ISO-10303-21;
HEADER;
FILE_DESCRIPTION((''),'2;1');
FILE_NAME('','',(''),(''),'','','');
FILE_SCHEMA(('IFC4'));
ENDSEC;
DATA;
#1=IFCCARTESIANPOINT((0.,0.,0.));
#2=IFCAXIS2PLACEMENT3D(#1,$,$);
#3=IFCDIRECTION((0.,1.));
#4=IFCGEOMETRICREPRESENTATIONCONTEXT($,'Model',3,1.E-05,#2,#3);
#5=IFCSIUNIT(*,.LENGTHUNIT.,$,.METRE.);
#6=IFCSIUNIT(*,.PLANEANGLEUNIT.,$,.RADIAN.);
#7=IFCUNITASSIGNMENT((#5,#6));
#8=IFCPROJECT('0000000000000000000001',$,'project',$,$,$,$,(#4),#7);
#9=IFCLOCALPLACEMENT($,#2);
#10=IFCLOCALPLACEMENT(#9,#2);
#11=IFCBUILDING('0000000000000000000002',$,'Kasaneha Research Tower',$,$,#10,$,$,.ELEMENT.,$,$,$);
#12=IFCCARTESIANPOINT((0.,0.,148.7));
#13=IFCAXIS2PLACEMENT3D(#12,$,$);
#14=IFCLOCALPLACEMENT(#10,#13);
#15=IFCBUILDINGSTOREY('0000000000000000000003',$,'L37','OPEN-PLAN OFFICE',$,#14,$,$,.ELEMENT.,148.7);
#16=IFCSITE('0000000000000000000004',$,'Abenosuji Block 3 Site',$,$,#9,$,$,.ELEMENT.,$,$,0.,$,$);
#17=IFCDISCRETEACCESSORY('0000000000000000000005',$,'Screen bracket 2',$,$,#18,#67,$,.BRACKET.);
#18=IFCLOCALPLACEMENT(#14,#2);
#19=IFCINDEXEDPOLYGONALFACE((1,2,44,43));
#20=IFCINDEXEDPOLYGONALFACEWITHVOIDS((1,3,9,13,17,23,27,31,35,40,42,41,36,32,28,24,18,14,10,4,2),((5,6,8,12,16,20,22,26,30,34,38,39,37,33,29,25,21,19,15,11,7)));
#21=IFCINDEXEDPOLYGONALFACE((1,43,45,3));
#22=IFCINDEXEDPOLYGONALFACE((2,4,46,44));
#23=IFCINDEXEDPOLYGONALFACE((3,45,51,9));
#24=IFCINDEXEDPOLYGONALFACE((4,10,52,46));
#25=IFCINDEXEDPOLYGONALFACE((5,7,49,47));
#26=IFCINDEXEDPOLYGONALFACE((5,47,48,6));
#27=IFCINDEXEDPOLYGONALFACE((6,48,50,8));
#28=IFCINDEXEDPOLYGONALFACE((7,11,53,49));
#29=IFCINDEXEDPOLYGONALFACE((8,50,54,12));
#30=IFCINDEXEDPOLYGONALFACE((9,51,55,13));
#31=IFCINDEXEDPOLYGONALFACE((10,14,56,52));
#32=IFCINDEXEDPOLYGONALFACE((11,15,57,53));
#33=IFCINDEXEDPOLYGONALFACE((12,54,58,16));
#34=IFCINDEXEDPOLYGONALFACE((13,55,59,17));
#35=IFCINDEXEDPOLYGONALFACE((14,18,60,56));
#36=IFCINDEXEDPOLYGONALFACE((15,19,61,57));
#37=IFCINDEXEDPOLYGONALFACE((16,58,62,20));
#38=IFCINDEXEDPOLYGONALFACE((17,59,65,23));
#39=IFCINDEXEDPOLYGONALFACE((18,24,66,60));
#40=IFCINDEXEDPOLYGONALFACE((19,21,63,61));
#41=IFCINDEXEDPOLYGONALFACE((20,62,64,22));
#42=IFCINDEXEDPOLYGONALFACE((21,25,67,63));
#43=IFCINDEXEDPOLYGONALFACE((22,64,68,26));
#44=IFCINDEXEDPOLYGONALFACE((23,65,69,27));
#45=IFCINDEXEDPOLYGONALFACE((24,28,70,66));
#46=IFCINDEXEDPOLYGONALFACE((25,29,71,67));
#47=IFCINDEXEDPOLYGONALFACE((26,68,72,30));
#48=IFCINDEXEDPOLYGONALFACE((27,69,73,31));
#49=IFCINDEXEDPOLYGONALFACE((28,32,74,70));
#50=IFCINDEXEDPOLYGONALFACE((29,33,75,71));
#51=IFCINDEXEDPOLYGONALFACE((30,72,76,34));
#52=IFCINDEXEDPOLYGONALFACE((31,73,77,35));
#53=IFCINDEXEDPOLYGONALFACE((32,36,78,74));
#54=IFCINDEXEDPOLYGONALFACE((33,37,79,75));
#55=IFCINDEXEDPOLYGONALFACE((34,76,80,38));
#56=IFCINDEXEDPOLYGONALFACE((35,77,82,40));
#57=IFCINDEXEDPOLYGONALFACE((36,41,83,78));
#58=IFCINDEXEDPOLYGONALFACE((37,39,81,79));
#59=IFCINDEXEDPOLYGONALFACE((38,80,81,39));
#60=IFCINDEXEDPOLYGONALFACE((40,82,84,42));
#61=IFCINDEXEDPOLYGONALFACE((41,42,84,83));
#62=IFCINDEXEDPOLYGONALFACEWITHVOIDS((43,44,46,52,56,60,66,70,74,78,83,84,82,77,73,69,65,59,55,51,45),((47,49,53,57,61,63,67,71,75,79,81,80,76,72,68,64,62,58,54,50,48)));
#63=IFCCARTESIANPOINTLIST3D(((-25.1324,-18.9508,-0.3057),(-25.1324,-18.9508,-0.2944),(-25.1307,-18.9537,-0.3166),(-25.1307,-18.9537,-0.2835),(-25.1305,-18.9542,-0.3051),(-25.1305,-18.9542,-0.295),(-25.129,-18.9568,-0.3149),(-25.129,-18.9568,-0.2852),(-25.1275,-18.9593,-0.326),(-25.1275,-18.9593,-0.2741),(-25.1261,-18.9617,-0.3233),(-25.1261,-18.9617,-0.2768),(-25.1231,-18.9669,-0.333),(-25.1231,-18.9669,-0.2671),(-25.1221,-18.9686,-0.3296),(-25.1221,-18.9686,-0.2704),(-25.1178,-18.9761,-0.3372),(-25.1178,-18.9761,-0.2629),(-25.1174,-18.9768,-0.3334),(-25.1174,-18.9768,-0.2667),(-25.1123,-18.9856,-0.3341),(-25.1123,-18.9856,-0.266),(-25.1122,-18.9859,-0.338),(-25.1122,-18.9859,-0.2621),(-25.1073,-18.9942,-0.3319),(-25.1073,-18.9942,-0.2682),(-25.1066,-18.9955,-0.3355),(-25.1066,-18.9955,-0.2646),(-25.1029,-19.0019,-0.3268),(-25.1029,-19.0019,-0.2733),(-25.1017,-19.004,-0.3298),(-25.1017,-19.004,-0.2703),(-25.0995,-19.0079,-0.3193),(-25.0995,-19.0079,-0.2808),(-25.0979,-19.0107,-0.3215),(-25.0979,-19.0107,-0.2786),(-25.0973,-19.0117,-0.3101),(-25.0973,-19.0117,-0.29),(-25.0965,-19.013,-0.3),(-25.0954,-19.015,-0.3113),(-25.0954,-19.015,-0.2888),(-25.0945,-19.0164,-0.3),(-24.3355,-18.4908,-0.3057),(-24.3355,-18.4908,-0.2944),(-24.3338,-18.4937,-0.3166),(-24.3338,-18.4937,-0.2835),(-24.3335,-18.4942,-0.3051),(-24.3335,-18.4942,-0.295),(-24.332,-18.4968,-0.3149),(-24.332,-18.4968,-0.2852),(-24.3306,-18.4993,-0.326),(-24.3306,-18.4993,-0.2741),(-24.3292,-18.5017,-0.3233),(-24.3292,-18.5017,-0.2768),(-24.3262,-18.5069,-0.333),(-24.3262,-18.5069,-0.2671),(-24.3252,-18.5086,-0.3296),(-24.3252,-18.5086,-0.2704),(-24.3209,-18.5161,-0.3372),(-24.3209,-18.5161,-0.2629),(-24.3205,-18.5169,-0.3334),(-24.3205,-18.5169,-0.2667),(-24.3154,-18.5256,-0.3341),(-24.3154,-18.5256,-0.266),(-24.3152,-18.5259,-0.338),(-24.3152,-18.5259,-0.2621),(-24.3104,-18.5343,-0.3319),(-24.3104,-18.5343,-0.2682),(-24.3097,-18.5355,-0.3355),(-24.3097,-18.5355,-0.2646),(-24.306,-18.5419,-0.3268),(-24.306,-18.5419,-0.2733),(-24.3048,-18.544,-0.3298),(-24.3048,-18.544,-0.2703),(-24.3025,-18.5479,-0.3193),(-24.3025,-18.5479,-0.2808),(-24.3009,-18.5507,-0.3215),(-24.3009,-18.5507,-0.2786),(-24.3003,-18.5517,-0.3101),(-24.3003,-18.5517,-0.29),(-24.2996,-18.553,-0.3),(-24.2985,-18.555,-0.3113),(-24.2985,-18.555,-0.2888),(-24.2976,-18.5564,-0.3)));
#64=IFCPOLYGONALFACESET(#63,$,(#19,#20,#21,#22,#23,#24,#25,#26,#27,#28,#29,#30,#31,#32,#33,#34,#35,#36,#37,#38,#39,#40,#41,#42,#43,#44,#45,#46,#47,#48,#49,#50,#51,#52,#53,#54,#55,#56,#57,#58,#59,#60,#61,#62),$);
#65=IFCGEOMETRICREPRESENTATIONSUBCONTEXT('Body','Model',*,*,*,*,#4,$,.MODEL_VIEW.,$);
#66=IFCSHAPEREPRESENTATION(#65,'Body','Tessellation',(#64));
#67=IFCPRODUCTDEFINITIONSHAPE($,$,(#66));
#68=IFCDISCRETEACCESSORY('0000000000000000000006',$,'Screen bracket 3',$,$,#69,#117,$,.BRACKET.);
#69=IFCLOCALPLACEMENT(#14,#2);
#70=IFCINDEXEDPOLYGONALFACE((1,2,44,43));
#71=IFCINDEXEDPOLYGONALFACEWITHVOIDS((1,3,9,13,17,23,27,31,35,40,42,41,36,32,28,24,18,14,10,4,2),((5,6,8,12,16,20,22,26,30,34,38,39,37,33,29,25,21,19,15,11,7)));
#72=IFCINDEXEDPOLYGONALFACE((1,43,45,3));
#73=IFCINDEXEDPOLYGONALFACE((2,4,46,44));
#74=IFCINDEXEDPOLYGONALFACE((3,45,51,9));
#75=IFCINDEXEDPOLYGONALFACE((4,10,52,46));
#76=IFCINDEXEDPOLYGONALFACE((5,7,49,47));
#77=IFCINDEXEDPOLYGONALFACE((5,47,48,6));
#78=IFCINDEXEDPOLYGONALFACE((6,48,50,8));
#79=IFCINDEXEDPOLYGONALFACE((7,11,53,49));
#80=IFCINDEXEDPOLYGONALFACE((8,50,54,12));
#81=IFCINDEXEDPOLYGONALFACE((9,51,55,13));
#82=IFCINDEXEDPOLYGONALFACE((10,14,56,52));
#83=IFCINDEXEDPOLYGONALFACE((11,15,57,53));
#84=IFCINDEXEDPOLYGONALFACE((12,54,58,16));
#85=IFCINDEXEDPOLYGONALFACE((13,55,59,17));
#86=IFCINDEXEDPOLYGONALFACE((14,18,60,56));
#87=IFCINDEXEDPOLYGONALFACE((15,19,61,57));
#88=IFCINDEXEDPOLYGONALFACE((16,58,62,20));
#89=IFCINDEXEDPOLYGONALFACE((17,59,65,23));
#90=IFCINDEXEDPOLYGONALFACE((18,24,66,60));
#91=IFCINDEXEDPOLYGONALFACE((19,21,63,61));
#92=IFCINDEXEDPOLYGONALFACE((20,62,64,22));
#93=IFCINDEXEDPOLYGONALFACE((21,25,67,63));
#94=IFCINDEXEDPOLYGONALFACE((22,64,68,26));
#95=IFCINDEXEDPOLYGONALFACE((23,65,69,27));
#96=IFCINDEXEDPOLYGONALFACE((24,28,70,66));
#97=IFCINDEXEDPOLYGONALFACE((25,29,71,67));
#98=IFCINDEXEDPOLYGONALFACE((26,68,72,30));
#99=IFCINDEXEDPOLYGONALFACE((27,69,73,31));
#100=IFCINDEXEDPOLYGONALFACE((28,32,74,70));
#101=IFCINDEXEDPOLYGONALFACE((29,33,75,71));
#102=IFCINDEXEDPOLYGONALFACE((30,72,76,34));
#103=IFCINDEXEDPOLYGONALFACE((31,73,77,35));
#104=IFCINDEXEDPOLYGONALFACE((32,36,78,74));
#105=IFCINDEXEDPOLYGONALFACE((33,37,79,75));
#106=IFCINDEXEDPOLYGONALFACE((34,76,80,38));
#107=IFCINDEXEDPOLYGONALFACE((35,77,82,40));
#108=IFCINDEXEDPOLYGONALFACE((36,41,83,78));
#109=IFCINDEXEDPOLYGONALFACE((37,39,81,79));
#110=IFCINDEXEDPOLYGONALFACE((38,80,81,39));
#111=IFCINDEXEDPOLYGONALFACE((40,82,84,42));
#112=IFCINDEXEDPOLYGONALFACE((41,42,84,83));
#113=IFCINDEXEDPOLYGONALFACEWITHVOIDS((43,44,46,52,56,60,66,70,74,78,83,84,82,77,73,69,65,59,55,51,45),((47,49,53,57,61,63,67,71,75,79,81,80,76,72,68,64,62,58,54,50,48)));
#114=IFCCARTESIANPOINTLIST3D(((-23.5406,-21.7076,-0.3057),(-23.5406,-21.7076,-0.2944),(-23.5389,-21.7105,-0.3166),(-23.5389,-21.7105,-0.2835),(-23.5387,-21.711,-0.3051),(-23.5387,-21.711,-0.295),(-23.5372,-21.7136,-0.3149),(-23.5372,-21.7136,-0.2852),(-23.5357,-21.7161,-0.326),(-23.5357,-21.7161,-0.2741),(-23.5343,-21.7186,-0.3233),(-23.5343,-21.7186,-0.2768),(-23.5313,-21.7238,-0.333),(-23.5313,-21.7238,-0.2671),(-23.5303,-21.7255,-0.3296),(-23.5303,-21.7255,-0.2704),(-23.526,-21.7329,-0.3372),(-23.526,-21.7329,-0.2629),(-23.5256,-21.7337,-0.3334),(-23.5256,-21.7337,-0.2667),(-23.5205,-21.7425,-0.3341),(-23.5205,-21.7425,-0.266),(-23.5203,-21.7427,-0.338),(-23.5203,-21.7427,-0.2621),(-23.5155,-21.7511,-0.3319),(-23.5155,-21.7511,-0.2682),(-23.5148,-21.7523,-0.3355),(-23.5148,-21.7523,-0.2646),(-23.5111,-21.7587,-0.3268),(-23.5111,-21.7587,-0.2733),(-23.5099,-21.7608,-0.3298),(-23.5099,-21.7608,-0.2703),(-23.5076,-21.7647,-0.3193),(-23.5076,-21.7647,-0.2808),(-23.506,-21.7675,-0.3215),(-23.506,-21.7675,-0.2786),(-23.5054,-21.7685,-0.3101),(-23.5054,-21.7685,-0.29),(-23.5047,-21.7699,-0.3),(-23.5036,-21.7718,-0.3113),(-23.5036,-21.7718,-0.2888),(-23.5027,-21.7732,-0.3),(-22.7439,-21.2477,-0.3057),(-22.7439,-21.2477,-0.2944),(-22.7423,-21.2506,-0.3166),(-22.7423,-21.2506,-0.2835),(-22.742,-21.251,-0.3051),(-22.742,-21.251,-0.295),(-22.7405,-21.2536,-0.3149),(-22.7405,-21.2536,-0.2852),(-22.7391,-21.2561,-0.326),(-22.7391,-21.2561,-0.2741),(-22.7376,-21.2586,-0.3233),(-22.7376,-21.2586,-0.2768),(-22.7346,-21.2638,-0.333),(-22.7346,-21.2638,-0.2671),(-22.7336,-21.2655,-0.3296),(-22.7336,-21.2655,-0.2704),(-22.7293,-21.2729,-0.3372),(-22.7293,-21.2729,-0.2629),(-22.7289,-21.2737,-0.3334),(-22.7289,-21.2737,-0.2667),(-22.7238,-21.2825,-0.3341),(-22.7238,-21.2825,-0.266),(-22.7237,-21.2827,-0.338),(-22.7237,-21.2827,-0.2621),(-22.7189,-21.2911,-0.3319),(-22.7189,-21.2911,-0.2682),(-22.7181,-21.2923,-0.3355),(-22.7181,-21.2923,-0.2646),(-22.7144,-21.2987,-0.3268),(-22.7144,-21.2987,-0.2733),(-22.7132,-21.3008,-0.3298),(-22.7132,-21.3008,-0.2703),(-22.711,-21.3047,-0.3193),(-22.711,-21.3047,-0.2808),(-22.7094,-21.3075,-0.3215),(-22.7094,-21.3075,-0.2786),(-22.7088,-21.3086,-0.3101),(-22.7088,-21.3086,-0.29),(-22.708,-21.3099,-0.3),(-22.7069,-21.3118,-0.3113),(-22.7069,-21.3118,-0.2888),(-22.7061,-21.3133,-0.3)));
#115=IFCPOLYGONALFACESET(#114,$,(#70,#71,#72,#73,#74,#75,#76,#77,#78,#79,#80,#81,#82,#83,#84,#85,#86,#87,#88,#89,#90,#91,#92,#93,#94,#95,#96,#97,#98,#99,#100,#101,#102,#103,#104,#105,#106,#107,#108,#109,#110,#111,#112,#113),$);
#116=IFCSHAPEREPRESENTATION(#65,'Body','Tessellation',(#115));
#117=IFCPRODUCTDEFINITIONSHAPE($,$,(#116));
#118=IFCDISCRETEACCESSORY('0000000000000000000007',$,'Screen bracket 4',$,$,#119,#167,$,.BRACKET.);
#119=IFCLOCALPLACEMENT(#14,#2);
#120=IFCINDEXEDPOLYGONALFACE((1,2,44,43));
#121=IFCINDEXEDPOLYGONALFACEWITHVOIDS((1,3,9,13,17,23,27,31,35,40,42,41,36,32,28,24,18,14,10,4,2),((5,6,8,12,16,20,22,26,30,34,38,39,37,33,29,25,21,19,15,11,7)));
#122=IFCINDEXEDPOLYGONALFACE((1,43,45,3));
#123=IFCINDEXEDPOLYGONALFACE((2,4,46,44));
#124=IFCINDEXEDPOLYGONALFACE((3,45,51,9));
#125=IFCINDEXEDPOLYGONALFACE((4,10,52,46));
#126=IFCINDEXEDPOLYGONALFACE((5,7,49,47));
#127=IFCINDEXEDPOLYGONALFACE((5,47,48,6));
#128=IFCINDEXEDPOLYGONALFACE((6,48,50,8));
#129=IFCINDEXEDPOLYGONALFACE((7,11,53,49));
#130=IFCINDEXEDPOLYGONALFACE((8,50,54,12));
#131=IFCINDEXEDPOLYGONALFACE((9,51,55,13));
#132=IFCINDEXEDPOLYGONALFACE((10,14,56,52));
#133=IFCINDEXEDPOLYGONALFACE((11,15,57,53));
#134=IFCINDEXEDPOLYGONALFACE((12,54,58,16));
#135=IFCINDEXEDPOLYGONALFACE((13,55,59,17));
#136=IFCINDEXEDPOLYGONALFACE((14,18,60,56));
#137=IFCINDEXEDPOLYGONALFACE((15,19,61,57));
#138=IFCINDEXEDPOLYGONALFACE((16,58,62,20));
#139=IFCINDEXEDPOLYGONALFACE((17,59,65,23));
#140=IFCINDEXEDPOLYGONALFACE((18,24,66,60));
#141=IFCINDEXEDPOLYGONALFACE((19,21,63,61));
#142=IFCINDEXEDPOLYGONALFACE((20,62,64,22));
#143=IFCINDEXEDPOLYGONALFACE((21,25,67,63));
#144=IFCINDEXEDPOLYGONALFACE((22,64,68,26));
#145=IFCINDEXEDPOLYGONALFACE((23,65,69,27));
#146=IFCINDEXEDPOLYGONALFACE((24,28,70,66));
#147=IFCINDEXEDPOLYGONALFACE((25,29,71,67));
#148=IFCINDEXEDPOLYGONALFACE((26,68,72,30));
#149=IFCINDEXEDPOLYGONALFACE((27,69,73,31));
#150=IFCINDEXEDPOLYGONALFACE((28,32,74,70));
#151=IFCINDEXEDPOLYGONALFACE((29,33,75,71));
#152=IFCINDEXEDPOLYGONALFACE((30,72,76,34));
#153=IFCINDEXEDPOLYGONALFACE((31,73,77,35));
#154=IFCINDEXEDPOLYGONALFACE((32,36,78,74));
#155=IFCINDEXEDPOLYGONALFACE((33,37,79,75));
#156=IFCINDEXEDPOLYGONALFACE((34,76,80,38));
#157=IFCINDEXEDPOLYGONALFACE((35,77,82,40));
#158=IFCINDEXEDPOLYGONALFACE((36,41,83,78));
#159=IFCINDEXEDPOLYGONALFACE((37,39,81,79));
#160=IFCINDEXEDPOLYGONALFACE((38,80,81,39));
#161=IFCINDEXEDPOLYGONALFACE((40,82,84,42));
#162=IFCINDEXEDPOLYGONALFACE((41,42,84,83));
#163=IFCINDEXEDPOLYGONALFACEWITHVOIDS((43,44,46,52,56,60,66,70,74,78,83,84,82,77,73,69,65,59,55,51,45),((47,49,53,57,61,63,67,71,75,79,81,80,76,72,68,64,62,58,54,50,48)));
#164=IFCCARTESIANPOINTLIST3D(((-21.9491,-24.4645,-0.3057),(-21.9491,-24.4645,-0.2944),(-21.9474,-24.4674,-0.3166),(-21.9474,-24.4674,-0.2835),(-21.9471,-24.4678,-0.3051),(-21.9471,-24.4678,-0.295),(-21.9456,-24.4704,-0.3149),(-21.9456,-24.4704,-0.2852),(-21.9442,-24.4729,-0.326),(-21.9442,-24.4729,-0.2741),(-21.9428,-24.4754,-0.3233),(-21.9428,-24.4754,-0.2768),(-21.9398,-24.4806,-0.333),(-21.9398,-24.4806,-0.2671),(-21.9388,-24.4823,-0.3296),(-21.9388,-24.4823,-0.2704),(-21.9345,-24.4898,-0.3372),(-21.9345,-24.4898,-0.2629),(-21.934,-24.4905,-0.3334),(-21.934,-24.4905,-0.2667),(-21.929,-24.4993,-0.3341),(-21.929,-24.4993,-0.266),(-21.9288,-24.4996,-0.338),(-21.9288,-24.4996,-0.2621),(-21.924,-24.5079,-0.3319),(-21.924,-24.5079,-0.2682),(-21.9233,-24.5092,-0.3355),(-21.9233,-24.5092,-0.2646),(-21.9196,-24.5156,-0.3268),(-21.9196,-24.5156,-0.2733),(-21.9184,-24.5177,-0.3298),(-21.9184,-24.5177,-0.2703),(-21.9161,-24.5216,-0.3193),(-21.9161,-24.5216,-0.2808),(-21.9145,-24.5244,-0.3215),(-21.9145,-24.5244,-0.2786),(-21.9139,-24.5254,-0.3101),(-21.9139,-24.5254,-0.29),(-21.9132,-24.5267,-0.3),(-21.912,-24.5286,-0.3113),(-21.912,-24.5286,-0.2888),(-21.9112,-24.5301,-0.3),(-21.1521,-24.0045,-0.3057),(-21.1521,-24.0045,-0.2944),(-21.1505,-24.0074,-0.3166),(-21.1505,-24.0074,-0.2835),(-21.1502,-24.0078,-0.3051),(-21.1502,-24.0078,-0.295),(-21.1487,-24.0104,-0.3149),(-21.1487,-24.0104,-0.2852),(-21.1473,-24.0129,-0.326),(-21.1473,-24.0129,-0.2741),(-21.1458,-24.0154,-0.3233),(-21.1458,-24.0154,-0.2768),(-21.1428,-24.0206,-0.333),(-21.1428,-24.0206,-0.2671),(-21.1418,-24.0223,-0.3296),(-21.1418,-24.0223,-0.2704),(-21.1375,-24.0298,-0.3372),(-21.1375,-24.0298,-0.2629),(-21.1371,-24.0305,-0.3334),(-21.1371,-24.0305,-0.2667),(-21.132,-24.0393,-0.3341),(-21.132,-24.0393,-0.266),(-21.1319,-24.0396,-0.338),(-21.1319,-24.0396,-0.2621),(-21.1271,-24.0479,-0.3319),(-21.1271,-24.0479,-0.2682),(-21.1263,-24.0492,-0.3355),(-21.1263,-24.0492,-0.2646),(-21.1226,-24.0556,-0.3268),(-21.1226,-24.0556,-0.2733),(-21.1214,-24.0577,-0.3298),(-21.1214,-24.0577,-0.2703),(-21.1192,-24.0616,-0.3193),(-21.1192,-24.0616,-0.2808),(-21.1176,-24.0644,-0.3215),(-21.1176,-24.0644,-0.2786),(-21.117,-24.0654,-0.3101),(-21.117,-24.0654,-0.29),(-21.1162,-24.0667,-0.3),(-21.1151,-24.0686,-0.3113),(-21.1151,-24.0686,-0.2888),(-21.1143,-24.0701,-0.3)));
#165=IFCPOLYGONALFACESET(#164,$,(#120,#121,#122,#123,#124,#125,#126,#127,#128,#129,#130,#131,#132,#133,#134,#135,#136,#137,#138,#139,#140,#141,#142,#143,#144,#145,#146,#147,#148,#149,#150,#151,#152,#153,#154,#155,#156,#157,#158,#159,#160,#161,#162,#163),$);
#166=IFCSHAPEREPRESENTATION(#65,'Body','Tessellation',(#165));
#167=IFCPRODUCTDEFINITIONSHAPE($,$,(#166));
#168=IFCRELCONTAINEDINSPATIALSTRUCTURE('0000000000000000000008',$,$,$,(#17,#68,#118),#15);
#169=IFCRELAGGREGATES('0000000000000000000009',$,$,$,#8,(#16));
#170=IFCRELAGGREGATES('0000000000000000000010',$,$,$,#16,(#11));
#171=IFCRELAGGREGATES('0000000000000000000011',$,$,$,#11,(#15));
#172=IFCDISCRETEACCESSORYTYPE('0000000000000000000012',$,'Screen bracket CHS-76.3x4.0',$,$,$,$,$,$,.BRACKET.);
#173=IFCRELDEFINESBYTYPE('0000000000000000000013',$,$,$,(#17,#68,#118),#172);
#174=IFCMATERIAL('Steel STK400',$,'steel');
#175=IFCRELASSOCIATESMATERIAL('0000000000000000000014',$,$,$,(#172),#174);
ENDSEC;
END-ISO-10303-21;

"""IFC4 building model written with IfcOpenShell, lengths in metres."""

from ifc_helpers import new_model, si_unit, direction, frame, origin, origin_2d, place, context, subcontext, project, spatial, hollow_circle, extrude, material, material_profile, profile_set, type_object, element, save


model = new_model("IFC4")

# Units and contexts
model_context = context("Model", 3, precision=1e-05, world=origin(), true_north=direction((0.0, 1.0)))
body_context = subcontext(model_context, "Body", "Model", "MODEL_VIEW")
ifc_project = project(units=[si_unit("LENGTHUNIT", "METRE"), si_unit("PLANEANGLEUNIT", "RADIAN")], contexts=[model_context])

# Site, building, storey
site_placement = place(None, origin())
site = spatial("IfcSite", under=ifc_project, at=site_placement, Name="Abenosuji Block 3 Site", CompositionType="ELEMENT", RefElevation=0.0)
building_placement = place(site_placement, origin())
building = spatial("IfcBuilding", under=site, at=building_placement, Name="Kasaneha Research Tower", CompositionType="ELEMENT")
storey_placement = place(building_placement, frame((0.0, 0.0, 148.7)))
storey = spatial("IfcBuildingStorey", under=building, at=storey_placement, Name="L37", Description="OPEN-PLAN OFFICE", CompositionType="ELEMENT", Elevation=148.7)

# Discrete accessories
ifc_material_1 = material(Name="Steel STK400", Category="steel")
ifc_material_profile_1 = material_profile(ifc_material_1, hollow_circle(Radius=0.0381, WallThickness=0.0039, at=origin_2d()), Name="CHS-76.3x4.0")
ifc_profile_set_1 = profile_set([ifc_material_profile_1], Name="Steel STK400")
discrete_accessory_type = type_object("IfcDiscreteAccessoryType", Name="Screen bracket CHS-76.3x4.0", PredefinedType="BRACKET", material=ifc_profile_set_1)
discrete_accessory_1_placement = place(storey_placement, frame((-24.3167, -18.5234, -0.3), z_axis=(-0.86608, -0.499906, 0.0), x_axis=(0.499906, -0.86608, 0.0)))
element("IfcDiscreteAccessory", 1, at=discrete_accessory_1_placement, inside=storey, type_object=discrete_accessory_type, Name="Screen bracket 2", PredefinedType="BRACKET", context=body_context, shape_type="SweptSolid", body=[
    extrude(hollow_circle(Radius=0.0381, WallThickness=0.0039, at=origin_2d()), origin(), (0.0, 0.0, 1.0), 0.9202),
])
discrete_accessory_2_placement = place(storey_placement, frame((-22.7251, -21.2803, -0.3), z_axis=(-0.866013, -0.500021, 0.0), x_axis=(0.500021, -0.866013, 0.0)))
element("IfcDiscreteAccessory", 2, at=discrete_accessory_2_placement, inside=storey, type_object=discrete_accessory_type, Name="Screen bracket 3", PredefinedType="BRACKET", context=body_context, shape_type="SweptSolid", body=[
    extrude(hollow_circle(Radius=0.0381, WallThickness=0.0039, at=origin_2d()), origin(), (0.0, 0.0, 1.0), 0.9199),
])
discrete_accessory_3_placement = place(storey_placement, frame((-21.1333, -24.0371, -0.3), z_axis=(-0.86608, -0.499906, 0.0), x_axis=(0.499906, -0.86608, 0.0)))
element("IfcDiscreteAccessory", 3, at=discrete_accessory_3_placement, inside=storey, type_object=discrete_accessory_type, Name="Screen bracket 4", PredefinedType="BRACKET", context=body_context, shape_type="SweptSolid", body=[
    extrude(hollow_circle(Radius=0.0381, WallThickness=0.0039, at=origin_2d()), origin(), (0.0, 0.0, 1.0), 0.9202),
])

save(model, "model.ifc")
